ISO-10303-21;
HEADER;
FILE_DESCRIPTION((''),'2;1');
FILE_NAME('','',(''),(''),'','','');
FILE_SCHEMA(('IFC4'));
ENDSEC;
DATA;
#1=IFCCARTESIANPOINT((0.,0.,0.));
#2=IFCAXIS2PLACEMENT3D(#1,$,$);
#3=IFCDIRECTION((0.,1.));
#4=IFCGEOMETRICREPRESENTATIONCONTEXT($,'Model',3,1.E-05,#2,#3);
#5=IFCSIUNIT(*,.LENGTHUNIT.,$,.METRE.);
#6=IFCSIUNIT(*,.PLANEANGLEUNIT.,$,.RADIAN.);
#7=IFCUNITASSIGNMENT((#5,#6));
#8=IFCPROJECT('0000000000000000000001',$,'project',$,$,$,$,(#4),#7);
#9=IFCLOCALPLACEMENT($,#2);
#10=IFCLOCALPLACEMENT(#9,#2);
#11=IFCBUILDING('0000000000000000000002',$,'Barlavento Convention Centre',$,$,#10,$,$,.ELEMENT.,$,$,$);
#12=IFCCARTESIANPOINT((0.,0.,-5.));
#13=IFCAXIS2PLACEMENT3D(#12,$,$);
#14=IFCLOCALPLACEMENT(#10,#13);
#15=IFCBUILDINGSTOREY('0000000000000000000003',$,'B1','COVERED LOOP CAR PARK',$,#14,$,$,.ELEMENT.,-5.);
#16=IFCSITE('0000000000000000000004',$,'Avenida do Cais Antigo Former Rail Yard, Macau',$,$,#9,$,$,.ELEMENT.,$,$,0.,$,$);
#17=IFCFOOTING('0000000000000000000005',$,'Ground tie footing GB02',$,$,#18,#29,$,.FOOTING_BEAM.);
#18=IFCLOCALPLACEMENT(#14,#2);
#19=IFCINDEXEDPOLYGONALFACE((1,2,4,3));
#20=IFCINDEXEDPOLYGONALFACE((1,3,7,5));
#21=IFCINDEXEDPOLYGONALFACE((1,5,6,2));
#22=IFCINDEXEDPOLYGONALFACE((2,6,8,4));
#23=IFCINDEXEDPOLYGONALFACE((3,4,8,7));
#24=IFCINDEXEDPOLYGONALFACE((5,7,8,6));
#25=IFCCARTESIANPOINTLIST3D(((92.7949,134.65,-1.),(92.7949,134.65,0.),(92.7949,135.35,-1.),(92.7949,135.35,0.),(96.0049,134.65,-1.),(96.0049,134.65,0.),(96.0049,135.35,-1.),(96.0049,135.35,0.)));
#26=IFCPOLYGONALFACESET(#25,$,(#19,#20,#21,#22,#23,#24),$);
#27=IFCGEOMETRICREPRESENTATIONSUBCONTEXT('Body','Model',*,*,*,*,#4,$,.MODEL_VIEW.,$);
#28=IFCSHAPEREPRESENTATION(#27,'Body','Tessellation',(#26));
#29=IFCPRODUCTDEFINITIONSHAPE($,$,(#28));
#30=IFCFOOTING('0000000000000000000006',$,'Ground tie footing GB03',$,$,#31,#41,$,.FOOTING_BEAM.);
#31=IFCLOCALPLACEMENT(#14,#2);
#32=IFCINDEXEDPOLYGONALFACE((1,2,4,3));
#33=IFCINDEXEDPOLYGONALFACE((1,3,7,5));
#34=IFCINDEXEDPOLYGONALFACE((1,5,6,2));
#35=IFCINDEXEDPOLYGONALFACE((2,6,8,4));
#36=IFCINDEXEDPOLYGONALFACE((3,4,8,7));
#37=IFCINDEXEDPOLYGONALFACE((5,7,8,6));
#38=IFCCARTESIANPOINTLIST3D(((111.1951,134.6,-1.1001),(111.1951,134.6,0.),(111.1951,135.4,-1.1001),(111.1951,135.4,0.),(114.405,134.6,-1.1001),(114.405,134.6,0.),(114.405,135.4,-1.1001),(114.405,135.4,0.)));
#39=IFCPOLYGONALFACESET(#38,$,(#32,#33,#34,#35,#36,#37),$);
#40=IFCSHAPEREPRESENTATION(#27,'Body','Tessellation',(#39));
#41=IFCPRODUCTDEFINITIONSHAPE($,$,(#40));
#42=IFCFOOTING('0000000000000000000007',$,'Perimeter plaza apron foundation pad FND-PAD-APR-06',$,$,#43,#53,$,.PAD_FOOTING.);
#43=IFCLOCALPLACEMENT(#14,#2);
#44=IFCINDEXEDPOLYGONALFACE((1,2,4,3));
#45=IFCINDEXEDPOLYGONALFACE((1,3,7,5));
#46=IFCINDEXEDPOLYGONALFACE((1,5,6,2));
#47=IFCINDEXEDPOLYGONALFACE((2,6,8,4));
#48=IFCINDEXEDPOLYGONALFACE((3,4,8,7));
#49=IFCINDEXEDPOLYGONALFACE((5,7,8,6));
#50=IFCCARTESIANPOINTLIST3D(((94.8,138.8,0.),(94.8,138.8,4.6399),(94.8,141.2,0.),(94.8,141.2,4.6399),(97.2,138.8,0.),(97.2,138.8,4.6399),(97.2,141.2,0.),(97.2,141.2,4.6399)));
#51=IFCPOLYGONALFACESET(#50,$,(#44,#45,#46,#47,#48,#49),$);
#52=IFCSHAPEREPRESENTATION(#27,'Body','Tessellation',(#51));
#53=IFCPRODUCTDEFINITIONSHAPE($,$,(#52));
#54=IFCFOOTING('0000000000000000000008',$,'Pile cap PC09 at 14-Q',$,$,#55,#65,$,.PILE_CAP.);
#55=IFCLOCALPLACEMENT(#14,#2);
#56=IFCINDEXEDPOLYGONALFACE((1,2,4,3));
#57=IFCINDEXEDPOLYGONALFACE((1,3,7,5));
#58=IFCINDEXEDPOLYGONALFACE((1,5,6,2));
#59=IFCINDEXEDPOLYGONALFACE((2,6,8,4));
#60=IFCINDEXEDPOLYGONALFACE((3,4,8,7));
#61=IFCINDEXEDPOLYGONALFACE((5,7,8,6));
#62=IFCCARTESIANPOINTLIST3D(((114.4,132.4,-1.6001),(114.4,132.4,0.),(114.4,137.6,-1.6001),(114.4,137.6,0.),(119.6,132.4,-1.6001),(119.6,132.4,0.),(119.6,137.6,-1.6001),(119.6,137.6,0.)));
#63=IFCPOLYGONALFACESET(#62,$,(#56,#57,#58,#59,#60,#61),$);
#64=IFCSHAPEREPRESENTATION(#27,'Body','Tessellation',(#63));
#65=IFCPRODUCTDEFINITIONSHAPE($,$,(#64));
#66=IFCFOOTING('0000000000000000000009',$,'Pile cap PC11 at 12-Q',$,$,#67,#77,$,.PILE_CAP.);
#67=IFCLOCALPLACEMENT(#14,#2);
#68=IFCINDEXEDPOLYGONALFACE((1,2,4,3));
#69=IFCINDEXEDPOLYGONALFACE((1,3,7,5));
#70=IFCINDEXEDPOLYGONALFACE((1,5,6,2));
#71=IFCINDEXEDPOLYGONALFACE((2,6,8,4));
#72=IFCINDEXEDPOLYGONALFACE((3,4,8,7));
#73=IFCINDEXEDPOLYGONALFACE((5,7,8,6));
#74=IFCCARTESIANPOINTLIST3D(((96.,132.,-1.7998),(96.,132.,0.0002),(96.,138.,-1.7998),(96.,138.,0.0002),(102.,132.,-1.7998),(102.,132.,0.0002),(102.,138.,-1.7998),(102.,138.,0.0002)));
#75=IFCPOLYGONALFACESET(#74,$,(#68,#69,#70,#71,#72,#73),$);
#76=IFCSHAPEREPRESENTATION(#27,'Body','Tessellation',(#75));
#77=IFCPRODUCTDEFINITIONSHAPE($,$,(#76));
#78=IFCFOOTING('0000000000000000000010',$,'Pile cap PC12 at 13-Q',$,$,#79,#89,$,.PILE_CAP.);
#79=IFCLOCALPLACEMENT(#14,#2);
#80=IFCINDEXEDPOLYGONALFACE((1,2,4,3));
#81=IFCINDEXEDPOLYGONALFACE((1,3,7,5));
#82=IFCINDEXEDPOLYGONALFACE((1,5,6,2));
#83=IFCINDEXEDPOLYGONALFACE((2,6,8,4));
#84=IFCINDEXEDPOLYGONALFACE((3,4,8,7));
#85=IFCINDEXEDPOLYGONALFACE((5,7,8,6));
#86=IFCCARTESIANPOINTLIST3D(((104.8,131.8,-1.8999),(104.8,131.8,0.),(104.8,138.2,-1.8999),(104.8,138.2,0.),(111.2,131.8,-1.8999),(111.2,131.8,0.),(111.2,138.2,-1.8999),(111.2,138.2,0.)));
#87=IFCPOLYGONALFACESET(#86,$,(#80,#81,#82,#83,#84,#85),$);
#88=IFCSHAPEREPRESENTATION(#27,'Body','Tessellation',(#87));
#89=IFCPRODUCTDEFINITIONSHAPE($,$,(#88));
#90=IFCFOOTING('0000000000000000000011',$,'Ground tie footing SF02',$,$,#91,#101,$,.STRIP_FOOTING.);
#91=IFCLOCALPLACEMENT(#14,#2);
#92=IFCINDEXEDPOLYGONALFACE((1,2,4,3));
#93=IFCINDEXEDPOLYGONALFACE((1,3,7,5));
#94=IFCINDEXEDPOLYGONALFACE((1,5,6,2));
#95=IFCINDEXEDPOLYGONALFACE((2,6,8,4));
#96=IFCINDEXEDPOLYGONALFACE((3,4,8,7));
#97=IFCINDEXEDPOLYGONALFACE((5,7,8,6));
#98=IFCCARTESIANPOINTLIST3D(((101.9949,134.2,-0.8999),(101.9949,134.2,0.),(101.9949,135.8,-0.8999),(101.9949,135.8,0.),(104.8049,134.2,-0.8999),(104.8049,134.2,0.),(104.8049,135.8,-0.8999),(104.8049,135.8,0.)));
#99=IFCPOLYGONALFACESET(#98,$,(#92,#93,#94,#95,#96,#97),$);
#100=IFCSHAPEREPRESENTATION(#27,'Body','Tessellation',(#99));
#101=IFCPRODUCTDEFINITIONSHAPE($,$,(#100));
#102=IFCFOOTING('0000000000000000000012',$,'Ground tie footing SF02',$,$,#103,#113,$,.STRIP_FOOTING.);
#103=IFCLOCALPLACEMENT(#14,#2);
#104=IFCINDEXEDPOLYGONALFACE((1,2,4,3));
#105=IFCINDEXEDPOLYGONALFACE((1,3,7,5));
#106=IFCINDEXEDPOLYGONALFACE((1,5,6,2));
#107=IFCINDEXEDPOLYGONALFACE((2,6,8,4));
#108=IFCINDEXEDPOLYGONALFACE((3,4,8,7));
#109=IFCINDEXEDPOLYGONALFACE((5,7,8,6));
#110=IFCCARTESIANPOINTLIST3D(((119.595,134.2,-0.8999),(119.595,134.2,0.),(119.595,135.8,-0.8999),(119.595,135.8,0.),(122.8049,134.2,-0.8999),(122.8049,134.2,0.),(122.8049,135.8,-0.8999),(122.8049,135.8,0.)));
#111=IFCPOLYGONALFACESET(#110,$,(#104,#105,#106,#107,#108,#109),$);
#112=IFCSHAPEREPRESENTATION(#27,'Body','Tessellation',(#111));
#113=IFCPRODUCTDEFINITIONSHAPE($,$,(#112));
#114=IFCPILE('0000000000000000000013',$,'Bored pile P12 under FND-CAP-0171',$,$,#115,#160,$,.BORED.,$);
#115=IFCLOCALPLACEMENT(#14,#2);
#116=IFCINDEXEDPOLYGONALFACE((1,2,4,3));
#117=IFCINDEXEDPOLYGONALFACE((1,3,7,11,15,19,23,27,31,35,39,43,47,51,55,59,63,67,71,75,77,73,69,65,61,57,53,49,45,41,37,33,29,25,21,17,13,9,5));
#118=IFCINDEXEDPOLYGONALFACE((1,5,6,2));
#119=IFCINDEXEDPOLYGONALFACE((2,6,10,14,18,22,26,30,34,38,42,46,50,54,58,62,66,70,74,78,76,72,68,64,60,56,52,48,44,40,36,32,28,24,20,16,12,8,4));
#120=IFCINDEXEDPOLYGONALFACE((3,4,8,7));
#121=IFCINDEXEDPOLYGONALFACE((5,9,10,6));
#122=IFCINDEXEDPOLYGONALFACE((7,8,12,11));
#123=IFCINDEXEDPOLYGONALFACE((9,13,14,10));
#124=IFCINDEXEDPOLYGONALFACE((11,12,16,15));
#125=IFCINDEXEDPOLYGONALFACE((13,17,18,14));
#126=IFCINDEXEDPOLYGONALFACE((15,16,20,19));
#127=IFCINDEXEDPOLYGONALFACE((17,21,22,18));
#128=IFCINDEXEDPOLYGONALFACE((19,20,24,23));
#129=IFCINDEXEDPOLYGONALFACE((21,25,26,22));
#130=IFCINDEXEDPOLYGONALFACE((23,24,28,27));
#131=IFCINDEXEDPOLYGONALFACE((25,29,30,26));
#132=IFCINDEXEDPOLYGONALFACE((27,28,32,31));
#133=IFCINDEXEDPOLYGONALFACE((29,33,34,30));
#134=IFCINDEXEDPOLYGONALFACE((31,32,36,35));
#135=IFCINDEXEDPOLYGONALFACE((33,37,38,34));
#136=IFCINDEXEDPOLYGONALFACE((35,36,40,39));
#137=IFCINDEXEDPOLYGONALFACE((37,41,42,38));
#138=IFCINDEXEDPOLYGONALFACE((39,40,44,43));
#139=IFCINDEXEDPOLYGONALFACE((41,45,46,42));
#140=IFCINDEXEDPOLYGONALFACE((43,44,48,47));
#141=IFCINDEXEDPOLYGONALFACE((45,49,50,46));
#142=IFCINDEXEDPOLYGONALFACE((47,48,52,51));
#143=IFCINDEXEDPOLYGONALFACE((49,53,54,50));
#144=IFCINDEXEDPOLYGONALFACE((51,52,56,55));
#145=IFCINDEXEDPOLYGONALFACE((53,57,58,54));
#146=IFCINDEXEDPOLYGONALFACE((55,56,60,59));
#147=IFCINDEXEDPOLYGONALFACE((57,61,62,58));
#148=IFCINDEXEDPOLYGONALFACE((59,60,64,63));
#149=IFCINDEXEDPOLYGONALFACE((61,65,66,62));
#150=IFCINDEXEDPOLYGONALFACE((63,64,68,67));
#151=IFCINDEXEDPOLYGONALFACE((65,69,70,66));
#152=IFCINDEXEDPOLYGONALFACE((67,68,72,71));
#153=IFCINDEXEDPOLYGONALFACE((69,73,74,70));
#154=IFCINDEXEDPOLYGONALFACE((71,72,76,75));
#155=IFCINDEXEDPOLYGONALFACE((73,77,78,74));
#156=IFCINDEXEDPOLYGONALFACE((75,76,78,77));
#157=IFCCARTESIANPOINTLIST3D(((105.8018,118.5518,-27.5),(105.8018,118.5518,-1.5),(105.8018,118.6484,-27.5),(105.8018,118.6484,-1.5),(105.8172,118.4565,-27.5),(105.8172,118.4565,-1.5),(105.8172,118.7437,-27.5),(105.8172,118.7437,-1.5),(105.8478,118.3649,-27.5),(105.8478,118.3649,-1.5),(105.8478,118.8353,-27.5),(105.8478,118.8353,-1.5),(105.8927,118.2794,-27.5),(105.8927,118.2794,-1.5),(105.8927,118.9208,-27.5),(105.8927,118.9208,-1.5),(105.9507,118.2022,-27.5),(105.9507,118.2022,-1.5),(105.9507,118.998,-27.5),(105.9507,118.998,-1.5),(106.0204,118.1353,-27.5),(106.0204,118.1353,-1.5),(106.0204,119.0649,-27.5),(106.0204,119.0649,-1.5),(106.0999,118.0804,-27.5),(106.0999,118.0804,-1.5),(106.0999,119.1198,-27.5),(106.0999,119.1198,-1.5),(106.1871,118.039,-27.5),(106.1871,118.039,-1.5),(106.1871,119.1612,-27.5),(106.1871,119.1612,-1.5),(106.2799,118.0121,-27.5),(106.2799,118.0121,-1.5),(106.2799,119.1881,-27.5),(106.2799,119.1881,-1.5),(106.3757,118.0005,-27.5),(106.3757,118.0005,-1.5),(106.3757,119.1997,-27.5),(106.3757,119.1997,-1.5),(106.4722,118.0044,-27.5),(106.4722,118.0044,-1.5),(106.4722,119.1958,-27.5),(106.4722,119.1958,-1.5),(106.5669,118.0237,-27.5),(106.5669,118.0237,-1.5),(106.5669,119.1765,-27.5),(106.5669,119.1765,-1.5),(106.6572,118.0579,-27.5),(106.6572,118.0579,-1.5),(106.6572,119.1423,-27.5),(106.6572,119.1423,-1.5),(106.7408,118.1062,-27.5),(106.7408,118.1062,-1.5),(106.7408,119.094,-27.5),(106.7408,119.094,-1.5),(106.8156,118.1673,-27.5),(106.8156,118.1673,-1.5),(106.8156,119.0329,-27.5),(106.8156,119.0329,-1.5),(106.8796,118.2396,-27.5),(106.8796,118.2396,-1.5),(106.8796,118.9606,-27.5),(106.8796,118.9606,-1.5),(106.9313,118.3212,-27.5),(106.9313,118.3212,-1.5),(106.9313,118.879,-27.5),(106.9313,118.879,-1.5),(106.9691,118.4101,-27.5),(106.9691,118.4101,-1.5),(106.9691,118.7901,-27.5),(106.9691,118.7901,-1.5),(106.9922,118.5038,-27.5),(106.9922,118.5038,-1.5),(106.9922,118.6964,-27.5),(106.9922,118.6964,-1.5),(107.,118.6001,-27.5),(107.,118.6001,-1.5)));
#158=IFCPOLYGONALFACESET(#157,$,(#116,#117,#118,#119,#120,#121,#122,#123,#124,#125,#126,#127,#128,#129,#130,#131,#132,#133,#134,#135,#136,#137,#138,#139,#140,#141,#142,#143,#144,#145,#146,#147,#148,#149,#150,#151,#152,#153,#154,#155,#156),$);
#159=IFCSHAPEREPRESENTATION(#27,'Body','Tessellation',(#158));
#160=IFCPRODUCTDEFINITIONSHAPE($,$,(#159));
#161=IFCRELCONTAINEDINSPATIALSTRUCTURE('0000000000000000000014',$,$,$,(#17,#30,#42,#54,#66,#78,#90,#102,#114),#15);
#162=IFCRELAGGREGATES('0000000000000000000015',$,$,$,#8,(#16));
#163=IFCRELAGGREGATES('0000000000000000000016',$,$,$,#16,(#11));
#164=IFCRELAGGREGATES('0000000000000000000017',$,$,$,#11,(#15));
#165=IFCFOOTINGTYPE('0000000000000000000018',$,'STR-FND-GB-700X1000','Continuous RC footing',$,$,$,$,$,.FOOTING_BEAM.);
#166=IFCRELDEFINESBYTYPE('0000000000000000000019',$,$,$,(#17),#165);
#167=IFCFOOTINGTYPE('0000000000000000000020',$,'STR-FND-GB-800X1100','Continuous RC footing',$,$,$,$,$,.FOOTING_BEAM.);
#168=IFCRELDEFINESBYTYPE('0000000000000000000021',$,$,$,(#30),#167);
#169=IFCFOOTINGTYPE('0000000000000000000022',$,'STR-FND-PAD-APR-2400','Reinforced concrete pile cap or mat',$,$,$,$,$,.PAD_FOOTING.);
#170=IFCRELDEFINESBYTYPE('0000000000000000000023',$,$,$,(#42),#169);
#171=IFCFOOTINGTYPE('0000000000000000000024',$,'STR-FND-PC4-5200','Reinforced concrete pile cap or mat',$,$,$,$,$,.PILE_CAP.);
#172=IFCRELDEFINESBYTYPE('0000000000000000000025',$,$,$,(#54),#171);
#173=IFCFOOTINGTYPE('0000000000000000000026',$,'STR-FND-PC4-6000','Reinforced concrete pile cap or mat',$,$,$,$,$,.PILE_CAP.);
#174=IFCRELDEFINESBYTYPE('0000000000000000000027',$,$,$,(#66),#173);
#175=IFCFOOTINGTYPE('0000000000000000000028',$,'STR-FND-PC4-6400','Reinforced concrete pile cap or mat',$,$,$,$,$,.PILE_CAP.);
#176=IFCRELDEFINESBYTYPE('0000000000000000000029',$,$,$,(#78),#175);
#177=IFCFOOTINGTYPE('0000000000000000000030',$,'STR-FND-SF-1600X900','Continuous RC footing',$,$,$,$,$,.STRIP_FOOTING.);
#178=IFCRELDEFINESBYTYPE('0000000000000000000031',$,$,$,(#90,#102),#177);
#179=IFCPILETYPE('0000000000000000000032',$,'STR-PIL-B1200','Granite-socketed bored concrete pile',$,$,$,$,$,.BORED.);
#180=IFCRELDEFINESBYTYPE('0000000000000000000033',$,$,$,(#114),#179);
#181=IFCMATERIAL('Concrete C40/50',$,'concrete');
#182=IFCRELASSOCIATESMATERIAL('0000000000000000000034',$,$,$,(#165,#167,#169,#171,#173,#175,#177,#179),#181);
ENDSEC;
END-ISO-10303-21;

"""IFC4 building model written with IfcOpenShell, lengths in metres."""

from ifc_helpers import new_model, si_unit, direction, frame, origin, origin_2d, place, context, subcontext, project, spatial, rectangle, circle, extrude, material, material_profile, profile_set, type_object, element, save


model = new_model("IFC4")

# Units and contexts
model_context = context("Model", 3, precision=1e-05, world=origin(), true_north=direction((0.0, 1.0)))
body_context = subcontext(model_context, "Body", "Model", "MODEL_VIEW")
ifc_project = project(units=[si_unit("LENGTHUNIT", "METRE"), si_unit("PLANEANGLEUNIT", "RADIAN")], contexts=[model_context])

# Site, building, storey
site_placement = place(None, origin())
site = spatial("IfcSite", under=ifc_project, at=site_placement, Name="Avenida do Cais Antigo Former Rail Yard, Macau", CompositionType="ELEMENT", RefElevation=0.0)
building_placement = place(site_placement, origin())
building = spatial("IfcBuilding", under=site, at=building_placement, Name="Barlavento Convention Centre", CompositionType="ELEMENT")
storey_placement = place(building_placement, frame((0.0, 0.0, -5.0)))
storey = spatial("IfcBuildingStorey", under=building, at=storey_placement, Name="B1", Description="COVERED LOOP CAR PARK", CompositionType="ELEMENT", Elevation=-5.0)

# Footings
ifc_material_1 = material(Name="Concrete C40/50", Category="concrete")
footing_type_1 = type_object("IfcFootingType", Name="STR-FND-GB-700X1000", Description="Continuous RC footing", PredefinedType="FOOTING_BEAM", material=ifc_material_1)
footing_1_placement = place(storey_placement, frame((94.3999, 135.0, -1.0), z_axis=(0.0, 0.0, 1.0), x_axis=(1.0, 0.0, 0.0)))
element("IfcFooting", 1, at=footing_1_placement, inside=storey, type_object=footing_type_1, Name="Ground tie footing GB02", PredefinedType="FOOTING_BEAM", context=body_context, shape_type="SweptSolid", body=[
    extrude(rectangle(XDim=3.21, YDim=0.7, at=origin_2d()), origin(), (0.0, 0.0, 1.0), 1.0),
])
footing_type_2 = type_object("IfcFootingType", Name="STR-FND-GB-800X1100", Description="Continuous RC footing", PredefinedType="FOOTING_BEAM", material=ifc_material_1)
footing_2_placement = place(storey_placement, frame((112.8, 135.0, -1.1001), z_axis=(0.0, 0.0, 1.0), x_axis=(1.0, 0.0, 0.0)))
element("IfcFooting", 2, at=footing_2_placement, inside=storey, type_object=footing_type_2, Name="Ground tie footing GB03", PredefinedType="FOOTING_BEAM", context=body_context, shape_type="SweptSolid", body=[
    extrude(rectangle(XDim=3.21, YDim=0.8, at=origin_2d()), origin(), (0.0, 0.0, 1.0), 1.1001),
])
footing_type_3 = type_object("IfcFootingType", Name="STR-FND-PAD-APR-2400", Description="Reinforced concrete pile cap or mat", PredefinedType="PAD_FOOTING", material=ifc_material_1)
footing_3_placement = place(storey_placement, frame((96.0, 140.0, 0.0), z_axis=(0.0, 0.0, 1.0), x_axis=(1.0, 0.0, 0.0)))
element("IfcFooting", 3, at=footing_3_placement, inside=storey, type_object=footing_type_3, Name="Perimeter plaza apron foundation pad FND-PAD-APR-06", PredefinedType="PAD_FOOTING", context=body_context, shape_type="SweptSolid", body=[
    extrude(rectangle(XDim=2.3999, YDim=2.3999, at=origin_2d()), origin(), (0.0, 0.0, 1.0), 4.6399),
])
footing_type_4 = type_object("IfcFootingType", Name="STR-FND-PC4-5200", Description="Reinforced concrete pile cap or mat", PredefinedType="PILE_CAP", material=ifc_material_1)
footing_4_placement = place(storey_placement, frame((117.0, 135.0, -1.6001), z_axis=(0.0, 0.0, 1.0), x_axis=(1.0, 0.0, 0.0)))
element("IfcFooting", 4, at=footing_4_placement, inside=storey, type_object=footing_type_4, Name="Pile cap PC09 at 14-Q", PredefinedType="PILE_CAP", context=body_context, shape_type="SweptSolid", body=[
    extrude(rectangle(XDim=5.2, YDim=5.2, at=origin_2d()), origin(), (0.0, 0.0, 1.0), 1.6001),
])
footing_type_5 = type_object("IfcFootingType", Name="STR-FND-PC4-6000", Description="Reinforced concrete pile cap or mat", PredefinedType="PILE_CAP", material=ifc_material_1)
footing_5_placement = place(storey_placement, frame((99.0, 135.0, -1.7998), z_axis=(0.0, 0.0, 1.0), x_axis=(1.0, 0.0, 0.0)))
element("IfcFooting", 5, at=footing_5_placement, inside=storey, type_object=footing_type_5, Name="Pile cap PC11 at 12-Q", PredefinedType="PILE_CAP", context=body_context, shape_type="SweptSolid", body=[
    extrude(rectangle(XDim=6.0, YDim=6.0, at=origin_2d()), origin(), (0.0, 0.0, 1.0), 1.8),
])
footing_type_6 = type_object("IfcFootingType", Name="STR-FND-PC4-6400", Description="Reinforced concrete pile cap or mat", PredefinedType="PILE_CAP", material=ifc_material_1)
footing_6_placement = place(storey_placement, frame((108.0, 135.0, -1.8999), z_axis=(0.0, 0.0, 1.0), x_axis=(1.0, 0.0, 0.0)))
element("IfcFooting", 6, at=footing_6_placement, inside=storey, type_object=footing_type_6, Name="Pile cap PC12 at 13-Q", PredefinedType="PILE_CAP", context=body_context, shape_type="SweptSolid", body=[
    extrude(rectangle(XDim=6.3999, YDim=6.3999, at=origin_2d()), origin(), (0.0, 0.0, 1.0), 1.8999),
])
footing_type_7 = type_object("IfcFootingType", Name="STR-FND-SF-1600X900", Description="Continuous RC footing", PredefinedType="STRIP_FOOTING", material=ifc_material_1)
footing_7_placement = place(storey_placement, frame((103.3999, 135.0, -0.8999), z_axis=(0.0, 0.0, 1.0), x_axis=(1.0, 0.0, 0.0)))
element("IfcFooting", 7, at=footing_7_placement, inside=storey, type_object=footing_type_7, Name="Ground tie footing SF02", PredefinedType="STRIP_FOOTING", context=body_context, shape_type="SweptSolid", body=[
    extrude(rectangle(XDim=2.8101, YDim=1.6001, at=origin_2d()), origin(), (0.0, 0.0, 1.0), 0.8999),
])
footing_8_placement = place(storey_placement, frame((121.2, 135.0, -0.8999), z_axis=(0.0, 0.0, 1.0), x_axis=(1.0, 0.0, 0.0)))
element("IfcFooting", 8, at=footing_8_placement, inside=storey, type_object=footing_type_7, Name="Ground tie footing SF02", PredefinedType="STRIP_FOOTING", context=body_context, shape_type="SweptSolid", body=[
    extrude(rectangle(XDim=3.21, YDim=1.6001, at=origin_2d()), origin(), (0.0, 0.0, 1.0), 0.8999),
])

# Pile
ifc_material_profile_1 = material_profile(ifc_material_1, circle(Radius=0.6001, at=origin_2d()), Name="BORED PILE 1200")
ifc_profile_set_1 = profile_set([ifc_material_profile_1], Name="Concrete C40/50")
pile_type_1 = type_object("IfcPileType", Name="STR-PIL-B1200", Description="Granite-socketed bored concrete pile", PredefinedType="BORED", material=ifc_profile_set_1)
for number, where, z_axis, x_axis, name in (
    (9, (106.3999, 118.6001, -1.5), (0.0, 0.0, -1.0), (1.0, 0.0, 0.0), "Bored pile P12 under FND-CAP-0171"),
):
    element("IfcPile", number, at=place(storey_placement, frame(where, z_axis=z_axis, x_axis=x_axis)), inside=storey, type_object=pile_type_1, Name=name, PredefinedType="BORED", context=body_context, shape_type="SweptSolid", body=[
        extrude(circle(Radius=0.6001, at=origin_2d()), origin(), (0.0, 0.0, 1.0), 26.0),
    ])

save(model, "model.ifc")
